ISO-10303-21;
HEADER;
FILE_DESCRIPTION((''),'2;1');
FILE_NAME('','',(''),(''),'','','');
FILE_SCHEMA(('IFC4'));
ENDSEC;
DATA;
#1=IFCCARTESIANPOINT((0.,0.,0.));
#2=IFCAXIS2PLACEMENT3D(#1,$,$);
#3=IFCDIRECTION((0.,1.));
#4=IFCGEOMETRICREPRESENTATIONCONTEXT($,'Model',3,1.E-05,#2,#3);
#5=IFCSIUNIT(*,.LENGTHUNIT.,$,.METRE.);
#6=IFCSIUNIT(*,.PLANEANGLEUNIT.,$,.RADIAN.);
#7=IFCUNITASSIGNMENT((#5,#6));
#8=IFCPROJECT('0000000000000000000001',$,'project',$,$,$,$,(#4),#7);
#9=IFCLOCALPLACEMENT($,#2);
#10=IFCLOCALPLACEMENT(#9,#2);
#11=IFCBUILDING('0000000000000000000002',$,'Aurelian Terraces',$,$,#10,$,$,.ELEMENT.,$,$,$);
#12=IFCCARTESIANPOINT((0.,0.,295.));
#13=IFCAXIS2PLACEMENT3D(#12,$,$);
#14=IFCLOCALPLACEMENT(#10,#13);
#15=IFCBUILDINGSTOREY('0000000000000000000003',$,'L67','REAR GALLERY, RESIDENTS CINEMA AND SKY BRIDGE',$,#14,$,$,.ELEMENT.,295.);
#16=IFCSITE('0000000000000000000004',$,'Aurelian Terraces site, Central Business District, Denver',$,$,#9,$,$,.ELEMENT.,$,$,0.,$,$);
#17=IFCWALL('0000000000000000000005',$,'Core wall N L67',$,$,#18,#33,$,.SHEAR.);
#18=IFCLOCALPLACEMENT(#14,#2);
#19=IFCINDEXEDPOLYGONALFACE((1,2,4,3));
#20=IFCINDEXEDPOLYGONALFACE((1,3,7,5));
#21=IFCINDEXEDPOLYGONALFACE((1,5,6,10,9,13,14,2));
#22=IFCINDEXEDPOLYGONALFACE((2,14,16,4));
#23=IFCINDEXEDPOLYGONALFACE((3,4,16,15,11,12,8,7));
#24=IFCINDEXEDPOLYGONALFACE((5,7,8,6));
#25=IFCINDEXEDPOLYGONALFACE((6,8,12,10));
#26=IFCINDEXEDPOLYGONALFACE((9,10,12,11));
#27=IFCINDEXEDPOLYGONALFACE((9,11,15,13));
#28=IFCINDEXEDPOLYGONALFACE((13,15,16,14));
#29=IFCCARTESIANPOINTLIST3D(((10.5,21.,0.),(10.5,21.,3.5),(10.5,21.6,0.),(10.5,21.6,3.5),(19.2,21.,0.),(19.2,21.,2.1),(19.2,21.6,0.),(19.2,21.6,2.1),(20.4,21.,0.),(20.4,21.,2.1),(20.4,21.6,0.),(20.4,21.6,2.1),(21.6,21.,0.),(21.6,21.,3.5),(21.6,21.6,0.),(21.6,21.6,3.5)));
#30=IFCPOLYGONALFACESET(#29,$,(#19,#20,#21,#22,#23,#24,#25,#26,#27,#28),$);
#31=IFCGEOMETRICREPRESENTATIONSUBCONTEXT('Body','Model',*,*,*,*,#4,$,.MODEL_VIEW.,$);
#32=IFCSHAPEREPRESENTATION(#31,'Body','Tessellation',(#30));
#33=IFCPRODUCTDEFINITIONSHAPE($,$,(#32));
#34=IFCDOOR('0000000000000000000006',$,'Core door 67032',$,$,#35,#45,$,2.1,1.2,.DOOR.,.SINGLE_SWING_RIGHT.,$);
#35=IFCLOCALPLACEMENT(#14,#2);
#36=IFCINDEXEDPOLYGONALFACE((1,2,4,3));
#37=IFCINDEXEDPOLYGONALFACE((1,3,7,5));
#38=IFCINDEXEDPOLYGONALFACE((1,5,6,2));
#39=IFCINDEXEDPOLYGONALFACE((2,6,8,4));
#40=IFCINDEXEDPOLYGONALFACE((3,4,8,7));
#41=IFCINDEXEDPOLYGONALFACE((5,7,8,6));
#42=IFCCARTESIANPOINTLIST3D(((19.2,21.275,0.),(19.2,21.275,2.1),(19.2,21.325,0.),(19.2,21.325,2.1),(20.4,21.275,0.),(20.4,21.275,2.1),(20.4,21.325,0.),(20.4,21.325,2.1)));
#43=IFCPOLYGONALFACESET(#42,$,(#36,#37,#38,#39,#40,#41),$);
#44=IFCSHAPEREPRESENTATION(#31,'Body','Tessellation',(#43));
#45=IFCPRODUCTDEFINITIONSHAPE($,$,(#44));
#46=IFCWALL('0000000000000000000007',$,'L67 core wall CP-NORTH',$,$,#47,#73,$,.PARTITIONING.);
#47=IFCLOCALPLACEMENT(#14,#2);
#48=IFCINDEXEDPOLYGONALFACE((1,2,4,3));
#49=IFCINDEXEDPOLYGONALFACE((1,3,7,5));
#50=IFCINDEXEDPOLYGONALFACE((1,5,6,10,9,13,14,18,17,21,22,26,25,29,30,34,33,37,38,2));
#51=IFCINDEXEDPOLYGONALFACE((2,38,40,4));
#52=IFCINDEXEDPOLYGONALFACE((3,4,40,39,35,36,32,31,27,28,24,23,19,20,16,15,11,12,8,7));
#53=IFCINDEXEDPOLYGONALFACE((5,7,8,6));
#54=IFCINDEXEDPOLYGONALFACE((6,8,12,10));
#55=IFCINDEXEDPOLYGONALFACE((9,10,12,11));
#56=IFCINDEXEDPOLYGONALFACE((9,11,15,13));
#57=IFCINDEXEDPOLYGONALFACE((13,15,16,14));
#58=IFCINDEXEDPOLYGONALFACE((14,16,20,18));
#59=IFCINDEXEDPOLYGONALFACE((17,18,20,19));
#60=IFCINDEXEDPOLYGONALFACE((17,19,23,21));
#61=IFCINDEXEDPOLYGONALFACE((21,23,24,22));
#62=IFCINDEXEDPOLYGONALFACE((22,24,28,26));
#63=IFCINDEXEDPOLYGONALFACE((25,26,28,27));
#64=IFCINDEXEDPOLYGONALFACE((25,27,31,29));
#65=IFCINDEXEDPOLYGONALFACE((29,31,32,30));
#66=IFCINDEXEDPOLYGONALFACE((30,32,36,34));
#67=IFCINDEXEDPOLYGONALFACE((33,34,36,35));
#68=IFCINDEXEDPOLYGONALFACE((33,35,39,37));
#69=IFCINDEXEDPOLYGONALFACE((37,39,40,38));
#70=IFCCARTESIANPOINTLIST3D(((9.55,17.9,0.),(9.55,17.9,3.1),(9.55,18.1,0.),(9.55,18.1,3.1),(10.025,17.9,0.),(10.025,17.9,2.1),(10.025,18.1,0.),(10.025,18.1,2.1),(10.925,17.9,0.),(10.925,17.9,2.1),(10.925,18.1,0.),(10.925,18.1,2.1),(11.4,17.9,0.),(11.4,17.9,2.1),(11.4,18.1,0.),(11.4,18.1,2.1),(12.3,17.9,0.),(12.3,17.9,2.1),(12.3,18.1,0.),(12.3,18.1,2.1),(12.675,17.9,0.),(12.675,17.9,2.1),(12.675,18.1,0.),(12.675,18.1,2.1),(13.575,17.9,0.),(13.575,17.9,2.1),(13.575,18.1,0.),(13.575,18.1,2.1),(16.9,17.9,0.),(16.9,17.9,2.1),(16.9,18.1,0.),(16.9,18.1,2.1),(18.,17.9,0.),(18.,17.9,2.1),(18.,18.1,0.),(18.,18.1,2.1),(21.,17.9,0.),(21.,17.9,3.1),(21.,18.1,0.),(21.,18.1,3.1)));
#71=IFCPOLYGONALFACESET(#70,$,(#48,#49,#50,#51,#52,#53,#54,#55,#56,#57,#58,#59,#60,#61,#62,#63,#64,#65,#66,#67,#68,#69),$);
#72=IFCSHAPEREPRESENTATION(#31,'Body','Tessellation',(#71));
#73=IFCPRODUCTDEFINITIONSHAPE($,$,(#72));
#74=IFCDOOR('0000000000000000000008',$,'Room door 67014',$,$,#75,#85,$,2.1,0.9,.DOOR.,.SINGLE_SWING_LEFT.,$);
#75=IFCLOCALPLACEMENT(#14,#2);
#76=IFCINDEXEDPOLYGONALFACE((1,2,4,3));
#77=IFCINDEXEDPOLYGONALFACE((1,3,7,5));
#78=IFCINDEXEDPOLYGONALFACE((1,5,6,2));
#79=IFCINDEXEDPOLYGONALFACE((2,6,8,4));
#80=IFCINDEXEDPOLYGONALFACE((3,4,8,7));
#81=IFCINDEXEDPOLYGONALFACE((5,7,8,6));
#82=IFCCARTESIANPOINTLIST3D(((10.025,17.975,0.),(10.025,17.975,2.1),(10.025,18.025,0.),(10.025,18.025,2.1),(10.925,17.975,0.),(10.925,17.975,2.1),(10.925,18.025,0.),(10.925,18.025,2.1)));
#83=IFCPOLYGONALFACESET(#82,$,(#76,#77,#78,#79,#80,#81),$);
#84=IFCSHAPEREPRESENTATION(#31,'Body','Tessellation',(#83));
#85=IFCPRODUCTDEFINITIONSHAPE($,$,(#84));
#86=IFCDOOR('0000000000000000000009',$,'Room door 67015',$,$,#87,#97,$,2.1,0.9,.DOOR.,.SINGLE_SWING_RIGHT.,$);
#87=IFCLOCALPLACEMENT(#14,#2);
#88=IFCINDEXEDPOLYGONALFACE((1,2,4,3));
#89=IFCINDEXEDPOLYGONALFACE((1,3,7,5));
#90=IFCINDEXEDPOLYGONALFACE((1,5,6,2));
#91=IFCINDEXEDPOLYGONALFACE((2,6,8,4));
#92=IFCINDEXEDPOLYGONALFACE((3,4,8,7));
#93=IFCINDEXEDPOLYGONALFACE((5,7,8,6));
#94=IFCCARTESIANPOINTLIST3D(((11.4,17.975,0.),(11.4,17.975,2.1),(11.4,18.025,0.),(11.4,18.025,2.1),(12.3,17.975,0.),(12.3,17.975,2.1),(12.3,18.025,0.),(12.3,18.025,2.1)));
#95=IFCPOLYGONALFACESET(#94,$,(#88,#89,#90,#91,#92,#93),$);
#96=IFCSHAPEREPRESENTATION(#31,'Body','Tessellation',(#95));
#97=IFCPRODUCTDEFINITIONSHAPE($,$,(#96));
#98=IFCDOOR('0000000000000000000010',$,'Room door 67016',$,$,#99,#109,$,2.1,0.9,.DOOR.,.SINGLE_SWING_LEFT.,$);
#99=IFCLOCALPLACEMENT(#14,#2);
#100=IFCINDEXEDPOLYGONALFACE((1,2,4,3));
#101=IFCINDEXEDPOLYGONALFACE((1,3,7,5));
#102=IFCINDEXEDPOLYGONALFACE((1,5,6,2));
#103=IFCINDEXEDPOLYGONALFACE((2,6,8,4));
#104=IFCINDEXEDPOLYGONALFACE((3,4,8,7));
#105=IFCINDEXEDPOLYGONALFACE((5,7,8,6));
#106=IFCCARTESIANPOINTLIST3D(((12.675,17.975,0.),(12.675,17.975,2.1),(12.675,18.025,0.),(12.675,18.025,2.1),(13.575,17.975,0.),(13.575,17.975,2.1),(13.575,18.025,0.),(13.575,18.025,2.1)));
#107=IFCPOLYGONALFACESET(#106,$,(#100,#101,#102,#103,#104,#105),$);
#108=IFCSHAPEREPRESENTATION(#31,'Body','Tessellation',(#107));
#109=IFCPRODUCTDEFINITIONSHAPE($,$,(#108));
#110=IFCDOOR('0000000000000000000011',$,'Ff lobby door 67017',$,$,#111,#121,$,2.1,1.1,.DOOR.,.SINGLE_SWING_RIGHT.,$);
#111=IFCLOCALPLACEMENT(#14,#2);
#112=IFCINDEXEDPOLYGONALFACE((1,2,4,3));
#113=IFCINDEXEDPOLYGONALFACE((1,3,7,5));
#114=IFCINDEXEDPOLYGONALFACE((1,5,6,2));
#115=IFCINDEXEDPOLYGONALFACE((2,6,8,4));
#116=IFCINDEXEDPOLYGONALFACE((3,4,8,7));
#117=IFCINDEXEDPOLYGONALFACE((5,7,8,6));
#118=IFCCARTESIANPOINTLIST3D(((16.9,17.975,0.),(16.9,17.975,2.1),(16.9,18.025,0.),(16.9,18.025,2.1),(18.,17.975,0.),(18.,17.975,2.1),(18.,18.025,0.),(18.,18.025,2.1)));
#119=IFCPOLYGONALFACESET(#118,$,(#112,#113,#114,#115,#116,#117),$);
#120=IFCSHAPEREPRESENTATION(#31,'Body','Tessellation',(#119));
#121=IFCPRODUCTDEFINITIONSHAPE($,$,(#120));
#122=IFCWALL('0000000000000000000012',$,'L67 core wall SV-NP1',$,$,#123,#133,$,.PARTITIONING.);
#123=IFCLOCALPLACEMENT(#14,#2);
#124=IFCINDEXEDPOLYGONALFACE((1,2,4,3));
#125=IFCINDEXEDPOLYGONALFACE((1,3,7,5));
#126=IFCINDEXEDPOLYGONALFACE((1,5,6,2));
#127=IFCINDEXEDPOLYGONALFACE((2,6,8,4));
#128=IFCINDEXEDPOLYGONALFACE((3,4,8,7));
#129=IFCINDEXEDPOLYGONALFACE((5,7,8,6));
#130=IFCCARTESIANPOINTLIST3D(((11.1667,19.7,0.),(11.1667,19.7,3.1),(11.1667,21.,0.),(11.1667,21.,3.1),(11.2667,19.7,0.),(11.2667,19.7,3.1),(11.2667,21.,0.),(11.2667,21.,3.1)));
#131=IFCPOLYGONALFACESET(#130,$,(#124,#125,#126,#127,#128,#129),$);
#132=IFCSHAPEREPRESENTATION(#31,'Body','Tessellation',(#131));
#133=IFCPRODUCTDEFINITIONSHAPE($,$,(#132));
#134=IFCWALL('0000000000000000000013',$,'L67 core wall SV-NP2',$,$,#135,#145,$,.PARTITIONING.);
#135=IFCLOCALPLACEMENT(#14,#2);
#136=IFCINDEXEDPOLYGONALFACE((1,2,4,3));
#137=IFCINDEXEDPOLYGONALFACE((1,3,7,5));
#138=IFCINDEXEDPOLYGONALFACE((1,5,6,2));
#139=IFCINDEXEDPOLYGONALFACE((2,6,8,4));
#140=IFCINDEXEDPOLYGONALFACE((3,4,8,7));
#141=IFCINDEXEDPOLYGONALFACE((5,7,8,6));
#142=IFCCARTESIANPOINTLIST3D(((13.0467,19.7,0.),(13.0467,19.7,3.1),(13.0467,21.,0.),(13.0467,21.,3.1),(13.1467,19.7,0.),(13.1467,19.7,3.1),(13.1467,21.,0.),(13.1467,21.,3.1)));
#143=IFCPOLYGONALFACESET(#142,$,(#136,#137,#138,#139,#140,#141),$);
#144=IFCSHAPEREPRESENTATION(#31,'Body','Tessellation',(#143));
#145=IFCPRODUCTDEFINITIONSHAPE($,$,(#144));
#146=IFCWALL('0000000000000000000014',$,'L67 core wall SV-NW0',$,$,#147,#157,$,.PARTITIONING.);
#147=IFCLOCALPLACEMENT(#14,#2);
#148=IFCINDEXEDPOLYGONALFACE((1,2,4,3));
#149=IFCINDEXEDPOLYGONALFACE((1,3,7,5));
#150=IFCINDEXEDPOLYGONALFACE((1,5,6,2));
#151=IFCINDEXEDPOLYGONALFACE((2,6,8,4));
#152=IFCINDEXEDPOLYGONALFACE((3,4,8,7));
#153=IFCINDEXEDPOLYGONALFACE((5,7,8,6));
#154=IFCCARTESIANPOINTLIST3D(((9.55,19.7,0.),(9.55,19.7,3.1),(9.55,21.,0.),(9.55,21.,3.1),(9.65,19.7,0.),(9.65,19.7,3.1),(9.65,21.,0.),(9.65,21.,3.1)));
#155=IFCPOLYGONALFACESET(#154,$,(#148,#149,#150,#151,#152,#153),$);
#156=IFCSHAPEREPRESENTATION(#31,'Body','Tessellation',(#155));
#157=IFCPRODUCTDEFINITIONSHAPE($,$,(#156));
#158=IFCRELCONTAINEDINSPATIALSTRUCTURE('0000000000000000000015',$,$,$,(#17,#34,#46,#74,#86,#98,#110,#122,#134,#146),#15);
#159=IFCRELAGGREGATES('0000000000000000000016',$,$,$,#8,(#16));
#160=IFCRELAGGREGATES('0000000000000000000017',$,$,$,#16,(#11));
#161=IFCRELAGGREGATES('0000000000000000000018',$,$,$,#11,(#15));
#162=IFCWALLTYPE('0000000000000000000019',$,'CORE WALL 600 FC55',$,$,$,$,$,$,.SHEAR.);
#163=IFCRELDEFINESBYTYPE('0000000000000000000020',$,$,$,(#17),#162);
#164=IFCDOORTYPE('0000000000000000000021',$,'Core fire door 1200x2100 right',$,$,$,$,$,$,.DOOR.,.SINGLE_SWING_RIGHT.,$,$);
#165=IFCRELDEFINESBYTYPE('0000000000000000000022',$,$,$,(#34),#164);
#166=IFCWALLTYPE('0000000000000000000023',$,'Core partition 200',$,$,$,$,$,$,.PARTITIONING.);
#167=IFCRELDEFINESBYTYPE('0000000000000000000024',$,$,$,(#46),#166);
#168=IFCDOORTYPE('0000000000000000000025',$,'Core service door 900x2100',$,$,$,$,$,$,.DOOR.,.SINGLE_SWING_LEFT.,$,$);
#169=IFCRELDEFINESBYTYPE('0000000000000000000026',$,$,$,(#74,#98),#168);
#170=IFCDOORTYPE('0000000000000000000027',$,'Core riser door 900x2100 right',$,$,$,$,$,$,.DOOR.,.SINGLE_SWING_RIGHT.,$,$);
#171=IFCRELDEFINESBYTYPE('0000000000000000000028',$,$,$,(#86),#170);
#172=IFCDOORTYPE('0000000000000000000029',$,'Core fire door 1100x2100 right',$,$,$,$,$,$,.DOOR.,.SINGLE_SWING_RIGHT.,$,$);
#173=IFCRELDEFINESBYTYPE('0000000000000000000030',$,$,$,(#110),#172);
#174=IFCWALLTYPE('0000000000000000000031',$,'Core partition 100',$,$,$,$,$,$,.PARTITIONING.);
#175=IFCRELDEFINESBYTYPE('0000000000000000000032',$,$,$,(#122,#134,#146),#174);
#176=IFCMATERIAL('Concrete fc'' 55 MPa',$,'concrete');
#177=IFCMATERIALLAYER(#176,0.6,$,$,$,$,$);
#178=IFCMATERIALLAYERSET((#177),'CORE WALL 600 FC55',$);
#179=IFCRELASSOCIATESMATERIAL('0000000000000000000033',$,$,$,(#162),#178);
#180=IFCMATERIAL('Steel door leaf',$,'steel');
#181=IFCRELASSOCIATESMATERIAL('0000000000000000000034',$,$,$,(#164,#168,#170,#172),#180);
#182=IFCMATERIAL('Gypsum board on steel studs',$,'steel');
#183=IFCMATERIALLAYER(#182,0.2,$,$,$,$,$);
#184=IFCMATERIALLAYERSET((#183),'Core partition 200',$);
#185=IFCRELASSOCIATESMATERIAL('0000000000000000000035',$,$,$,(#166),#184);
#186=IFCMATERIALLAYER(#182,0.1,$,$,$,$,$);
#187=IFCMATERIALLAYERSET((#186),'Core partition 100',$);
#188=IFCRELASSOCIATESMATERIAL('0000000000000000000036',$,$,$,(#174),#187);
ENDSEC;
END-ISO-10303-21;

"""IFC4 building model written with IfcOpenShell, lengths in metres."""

from ifc_helpers import new_model, si_unit, direction, frame, frame_2d, origin, place, context, subcontext, project, spatial, rectangle, extrude, source, transform, mapped, material, layer, layer_set, type_object, element, fill, save


model = new_model("IFC4")

# Units and contexts
model_context = context("Model", 3, precision=1e-05, world=origin(), true_north=direction((0.0, 1.0)))
body_context = subcontext(model_context, "Body", "Model", "MODEL_VIEW")
ifc_project = project(units=[si_unit("LENGTHUNIT", "METRE"), si_unit("PLANEANGLEUNIT", "RADIAN")], contexts=[model_context])

# Site, building, storey
site_placement = place(None, origin())
site = spatial("IfcSite", under=ifc_project, at=site_placement, Name="Aurelian Terraces site, Central Business District, Denver", CompositionType="ELEMENT", RefElevation=0.0)
building_placement = place(site_placement, origin())
building = spatial("IfcBuilding", under=site, at=building_placement, Name="Aurelian Terraces", CompositionType="ELEMENT")
storey_placement = place(building_placement, frame((0.0, 0.0, 295.0)))
storey = spatial("IfcBuildingStorey", under=building, at=storey_placement, Name="L67", Description="REAR GALLERY, RESIDENTS CINEMA AND SKY BRIDGE", CompositionType="ELEMENT", Elevation=295.0)

# Wall, opening, door
ifc_material_1 = material(Name="Concrete fc' 55 MPa", Category="concrete")
ifc_layer_1 = layer(ifc_material_1, 0.6)
ifc_layer_set_1 = layer_set([ifc_layer_1], Name="CORE WALL 600 FC55")
wall_type_1 = type_object("IfcWallType", Name="CORE WALL 600 FC55", PredefinedType="SHEAR", material=ifc_layer_set_1)
shared_shape_1 = source(origin(), body_context, "Body", "SweptSolid", [
    extrude(rectangle(XDim=11.1, YDim=0.6, at=frame_2d((5.55, 0.0))), origin(), (0.0, 0.0, 1.0), 3.5),
])
wall_1_placement = place(storey_placement, frame((10.5, 21.3, 0.0), z_axis=(0.0, 0.0, 1.0), x_axis=(1.0, 0.0, 0.0)))
wall_1 = element("IfcWall", 1, at=wall_1_placement, inside=storey, type_object=wall_type_1, Name="Core wall N L67", PredefinedType="SHEAR", context=body_context, shape_type="MappedRepresentation", body=[
    mapped(shared_shape_1, transform((0.0, 0.0, 0.0), scale=1.0)),
])
shared_shape_2 = source(origin(), body_context, "Body", "SweptSolid", [
    extrude(rectangle(XDim=1.2, YDim=2.1, at=frame_2d((0.6, 1.05))), frame((0.0, 0.31, 0.0), z_axis=(0.0, -1.0, 0.0), x_axis=(1.0, 0.0, 0.0)), (0.0, 0.0, 1.0), 0.62),
])
opening_1_placement = place(wall_1_placement, frame((8.7, 0.0, 0.0)))
opening_1 = element("IfcOpeningElement", 2, at=opening_1_placement, cuts=wall_1, PredefinedType="OPENING", context=body_context, shape_type="MappedRepresentation", body=[
    mapped(shared_shape_2, transform((0.0, 0.0, 0.0), scale=1.0)),
])
ifc_material_2 = material(Name="Steel door leaf", Category="steel")
door_type_1 = type_object("IfcDoorType", Name="Core fire door 1200x2100 right", OperationType="SINGLE_SWING_RIGHT", PredefinedType="DOOR", material=ifc_material_2)
shared_shape_3 = source(origin(), body_context, "Body", "SweptSolid", [
    extrude(rectangle(XDim=1.2, YDim=2.1, at=frame_2d((0.6, 1.05))), frame((0.0, 0.025, 0.0), z_axis=(0.0, -1.0, 0.0), x_axis=(1.0, 0.0, 0.0)), (0.0, 0.0, 1.0), 0.05),
])
door_1_placement = place(opening_1_placement, origin())
door_1 = element("IfcDoor", 3, at=door_1_placement, inside=storey, type_object=door_type_1, Name="Core door 67032", OperationType="SINGLE_SWING_RIGHT", OverallHeight=2.1, OverallWidth=1.2, PredefinedType="DOOR", context=body_context, shape_type="MappedRepresentation", body=[
    mapped(shared_shape_3, transform((0.0, 0.0, 0.0), scale=1.0)),
])
fill(opening_1, door_1)

# Wall, openings, doors
ifc_material_3 = material(Name="Gypsum board on steel studs", Category="steel")
ifc_layer_2 = layer(ifc_material_3, 0.2)
ifc_layer_set_2 = layer_set([ifc_layer_2], Name="Core partition 200")
wall_type_2 = type_object("IfcWallType", Name="Core partition 200", PredefinedType="PARTITIONING", material=ifc_layer_set_2)
shared_shape_4 = source(origin(), body_context, "Body", "SweptSolid", [
    extrude(rectangle(XDim=11.45, YDim=0.2, at=frame_2d((5.725, 0.0))), origin(), (0.0, 0.0, 1.0), 3.1),
])
wall_2_placement = place(storey_placement, frame((9.55, 18.0, 0.0), z_axis=(0.0, 0.0, 1.0), x_axis=(1.0, 0.0, 0.0)))
wall_2 = element("IfcWall", 4, at=wall_2_placement, inside=storey, type_object=wall_type_2, Name="L67 core wall CP-NORTH", PredefinedType="PARTITIONING", context=body_context, shape_type="MappedRepresentation", body=[
    mapped(shared_shape_4, transform((0.0, 0.0, 0.0), scale=1.0)),
])
shared_shape_5 = source(origin(), body_context, "Body", "SweptSolid", [
    extrude(rectangle(XDim=0.9, YDim=2.1, at=frame_2d((0.45, 1.05))), frame((0.0, 0.11, 0.0), z_axis=(0.0, -1.0, 0.0), x_axis=(1.0, 0.0, 0.0)), (0.0, 0.0, 1.0), 0.22),
])
opening_2_placement = place(wall_2_placement, frame((0.475, 0.0, 0.0)))
opening_2 = element("IfcOpeningElement", 5, at=opening_2_placement, cuts=wall_2, PredefinedType="OPENING", context=body_context, shape_type="MappedRepresentation", body=[
    mapped(shared_shape_5, transform((0.0, 0.0, 0.0), scale=1.0)),
])
opening_3_placement = place(wall_2_placement, frame((1.85, 0.0, 0.0)))
opening_3 = element("IfcOpeningElement", 6, at=opening_3_placement, cuts=wall_2, PredefinedType="OPENING", context=body_context, shape_type="MappedRepresentation", body=[
    mapped(shared_shape_5, transform((0.0, 0.0, 0.0), scale=1.0)),
])
opening_4_placement = place(wall_2_placement, frame((3.125, 0.0, 0.0)))
opening_4 = element("IfcOpeningElement", 7, at=opening_4_placement, cuts=wall_2, PredefinedType="OPENING", context=body_context, shape_type="MappedRepresentation", body=[
    mapped(shared_shape_5, transform((0.0, 0.0, 0.0), scale=1.0)),
])
shared_shape_6 = source(origin(), body_context, "Body", "SweptSolid", [
    extrude(rectangle(XDim=1.1, YDim=2.1, at=frame_2d((0.55, 1.05))), frame((0.0, 0.11, 0.0), z_axis=(0.0, -1.0, 0.0), x_axis=(1.0, 0.0, 0.0)), (0.0, 0.0, 1.0), 0.22),
])
opening_5_placement = place(wall_2_placement, frame((7.35, 0.0, 0.0)))
opening_5 = element("IfcOpeningElement", 8, at=opening_5_placement, cuts=wall_2, PredefinedType="OPENING", context=body_context, shape_type="MappedRepresentation", body=[
    mapped(shared_shape_6, transform((0.0, 0.0, 0.0), scale=1.0)),
])
door_type_2 = type_object("IfcDoorType", Name="Core service door 900x2100", OperationType="SINGLE_SWING_LEFT", PredefinedType="DOOR", material=ifc_material_2)
shared_shape_7 = source(origin(), body_context, "Body", "SweptSolid", [
    extrude(rectangle(XDim=0.9, YDim=2.1, at=frame_2d((0.45, 1.05))), frame((0.0, 0.025, 0.0), z_axis=(0.0, -1.0, 0.0), x_axis=(1.0, 0.0, 0.0)), (0.0, 0.0, 1.0), 0.05),
])
door_2_placement = place(opening_2_placement, origin())
door_2 = element("IfcDoor", 9, at=door_2_placement, inside=storey, type_object=door_type_2, Name="Room door 67014", OperationType="SINGLE_SWING_LEFT", OverallHeight=2.1, OverallWidth=0.9, PredefinedType="DOOR", context=body_context, shape_type="MappedRepresentation", body=[
    mapped(shared_shape_7, transform((0.0, 0.0, 0.0), scale=1.0)),
])
fill(opening_2, door_2)
door_type_3 = type_object("IfcDoorType", Name="Core riser door 900x2100 right", OperationType="SINGLE_SWING_RIGHT", PredefinedType="DOOR", material=ifc_material_2)
door_3_placement = place(opening_3_placement, origin())
door_3 = element("IfcDoor", 10, at=door_3_placement, inside=storey, type_object=door_type_3, Name="Room door 67015", OperationType="SINGLE_SWING_RIGHT", OverallHeight=2.1, OverallWidth=0.9, PredefinedType="DOOR", context=body_context, shape_type="MappedRepresentation", body=[
    mapped(shared_shape_7, transform((0.0, 0.0, 0.0), scale=1.0)),
])
fill(opening_3, door_3)
door_4_placement = place(opening_4_placement, origin())
door_4 = element("IfcDoor", 11, at=door_4_placement, inside=storey, type_object=door_type_2, Name="Room door 67016", OperationType="SINGLE_SWING_LEFT", OverallHeight=2.1, OverallWidth=0.9, PredefinedType="DOOR", context=body_context, shape_type="MappedRepresentation", body=[
    mapped(shared_shape_7, transform((0.0, 0.0, 0.0), scale=1.0)),
])
fill(opening_4, door_4)
door_type_4 = type_object("IfcDoorType", Name="Core fire door 1100x2100 right", OperationType="SINGLE_SWING_RIGHT", PredefinedType="DOOR", material=ifc_material_2)
shared_shape_8 = source(origin(), body_context, "Body", "SweptSolid", [
    extrude(rectangle(XDim=1.1, YDim=2.1, at=frame_2d((0.55, 1.05))), frame((0.0, 0.025, 0.0), z_axis=(0.0, -1.0, 0.0), x_axis=(1.0, 0.0, 0.0)), (0.0, 0.0, 1.0), 0.05),
])
door_5_placement = place(opening_5_placement, origin())
door_5 = element("IfcDoor", 12, at=door_5_placement, inside=storey, type_object=door_type_4, Name="Ff lobby door 67017", OperationType="SINGLE_SWING_RIGHT", OverallHeight=2.1, OverallWidth=1.1, PredefinedType="DOOR", context=body_context, shape_type="MappedRepresentation", body=[
    mapped(shared_shape_8, transform((0.0, 0.0, 0.0), scale=1.0)),
])
fill(opening_5, door_5)

# Walls
ifc_layer_3 = layer(ifc_material_3, 0.1)
ifc_layer_set_3 = layer_set([ifc_layer_3], Name="Core partition 100")
wall_type_3 = type_object("IfcWallType", Name="Core partition 100", PredefinedType="PARTITIONING", material=ifc_layer_set_3)
shared_shape_9 = source(origin(), body_context, "Body", "SweptSolid", [
    extrude(rectangle(XDim=1.3, YDim=0.1, at=frame_2d((0.65, 0.0))), origin(), (0.0, 0.0, 1.0), 3.1),
])
for number, where, z_axis, x_axis, name in (
    (13, (11.2167, 19.7, 0.0), (0.0, 0.0, 1.0), (0.0, 1.0, 0.0), "L67 core wall SV-NP1"),
    (14, (13.0967, 19.7, 0.0), (0.0, 0.0, 1.0), (0.0, 1.0, 0.0), "L67 core wall SV-NP2"),
    (15, (9.6, 19.7, 0.0), (0.0, 0.0, 1.0), (0.0, 1.0, 0.0), "L67 core wall SV-NW0"),
):
    element("IfcWall", number, at=place(storey_placement, frame(where, z_axis=z_axis, x_axis=x_axis)), inside=storey, type_object=wall_type_3, Name=name, PredefinedType="PARTITIONING", context=body_context, shape_type="MappedRepresentation", body=[
        mapped(shared_shape_9, transform((0.0, 0.0, 0.0), scale=1.0)),
    ])

save(model, "model.ifc")
